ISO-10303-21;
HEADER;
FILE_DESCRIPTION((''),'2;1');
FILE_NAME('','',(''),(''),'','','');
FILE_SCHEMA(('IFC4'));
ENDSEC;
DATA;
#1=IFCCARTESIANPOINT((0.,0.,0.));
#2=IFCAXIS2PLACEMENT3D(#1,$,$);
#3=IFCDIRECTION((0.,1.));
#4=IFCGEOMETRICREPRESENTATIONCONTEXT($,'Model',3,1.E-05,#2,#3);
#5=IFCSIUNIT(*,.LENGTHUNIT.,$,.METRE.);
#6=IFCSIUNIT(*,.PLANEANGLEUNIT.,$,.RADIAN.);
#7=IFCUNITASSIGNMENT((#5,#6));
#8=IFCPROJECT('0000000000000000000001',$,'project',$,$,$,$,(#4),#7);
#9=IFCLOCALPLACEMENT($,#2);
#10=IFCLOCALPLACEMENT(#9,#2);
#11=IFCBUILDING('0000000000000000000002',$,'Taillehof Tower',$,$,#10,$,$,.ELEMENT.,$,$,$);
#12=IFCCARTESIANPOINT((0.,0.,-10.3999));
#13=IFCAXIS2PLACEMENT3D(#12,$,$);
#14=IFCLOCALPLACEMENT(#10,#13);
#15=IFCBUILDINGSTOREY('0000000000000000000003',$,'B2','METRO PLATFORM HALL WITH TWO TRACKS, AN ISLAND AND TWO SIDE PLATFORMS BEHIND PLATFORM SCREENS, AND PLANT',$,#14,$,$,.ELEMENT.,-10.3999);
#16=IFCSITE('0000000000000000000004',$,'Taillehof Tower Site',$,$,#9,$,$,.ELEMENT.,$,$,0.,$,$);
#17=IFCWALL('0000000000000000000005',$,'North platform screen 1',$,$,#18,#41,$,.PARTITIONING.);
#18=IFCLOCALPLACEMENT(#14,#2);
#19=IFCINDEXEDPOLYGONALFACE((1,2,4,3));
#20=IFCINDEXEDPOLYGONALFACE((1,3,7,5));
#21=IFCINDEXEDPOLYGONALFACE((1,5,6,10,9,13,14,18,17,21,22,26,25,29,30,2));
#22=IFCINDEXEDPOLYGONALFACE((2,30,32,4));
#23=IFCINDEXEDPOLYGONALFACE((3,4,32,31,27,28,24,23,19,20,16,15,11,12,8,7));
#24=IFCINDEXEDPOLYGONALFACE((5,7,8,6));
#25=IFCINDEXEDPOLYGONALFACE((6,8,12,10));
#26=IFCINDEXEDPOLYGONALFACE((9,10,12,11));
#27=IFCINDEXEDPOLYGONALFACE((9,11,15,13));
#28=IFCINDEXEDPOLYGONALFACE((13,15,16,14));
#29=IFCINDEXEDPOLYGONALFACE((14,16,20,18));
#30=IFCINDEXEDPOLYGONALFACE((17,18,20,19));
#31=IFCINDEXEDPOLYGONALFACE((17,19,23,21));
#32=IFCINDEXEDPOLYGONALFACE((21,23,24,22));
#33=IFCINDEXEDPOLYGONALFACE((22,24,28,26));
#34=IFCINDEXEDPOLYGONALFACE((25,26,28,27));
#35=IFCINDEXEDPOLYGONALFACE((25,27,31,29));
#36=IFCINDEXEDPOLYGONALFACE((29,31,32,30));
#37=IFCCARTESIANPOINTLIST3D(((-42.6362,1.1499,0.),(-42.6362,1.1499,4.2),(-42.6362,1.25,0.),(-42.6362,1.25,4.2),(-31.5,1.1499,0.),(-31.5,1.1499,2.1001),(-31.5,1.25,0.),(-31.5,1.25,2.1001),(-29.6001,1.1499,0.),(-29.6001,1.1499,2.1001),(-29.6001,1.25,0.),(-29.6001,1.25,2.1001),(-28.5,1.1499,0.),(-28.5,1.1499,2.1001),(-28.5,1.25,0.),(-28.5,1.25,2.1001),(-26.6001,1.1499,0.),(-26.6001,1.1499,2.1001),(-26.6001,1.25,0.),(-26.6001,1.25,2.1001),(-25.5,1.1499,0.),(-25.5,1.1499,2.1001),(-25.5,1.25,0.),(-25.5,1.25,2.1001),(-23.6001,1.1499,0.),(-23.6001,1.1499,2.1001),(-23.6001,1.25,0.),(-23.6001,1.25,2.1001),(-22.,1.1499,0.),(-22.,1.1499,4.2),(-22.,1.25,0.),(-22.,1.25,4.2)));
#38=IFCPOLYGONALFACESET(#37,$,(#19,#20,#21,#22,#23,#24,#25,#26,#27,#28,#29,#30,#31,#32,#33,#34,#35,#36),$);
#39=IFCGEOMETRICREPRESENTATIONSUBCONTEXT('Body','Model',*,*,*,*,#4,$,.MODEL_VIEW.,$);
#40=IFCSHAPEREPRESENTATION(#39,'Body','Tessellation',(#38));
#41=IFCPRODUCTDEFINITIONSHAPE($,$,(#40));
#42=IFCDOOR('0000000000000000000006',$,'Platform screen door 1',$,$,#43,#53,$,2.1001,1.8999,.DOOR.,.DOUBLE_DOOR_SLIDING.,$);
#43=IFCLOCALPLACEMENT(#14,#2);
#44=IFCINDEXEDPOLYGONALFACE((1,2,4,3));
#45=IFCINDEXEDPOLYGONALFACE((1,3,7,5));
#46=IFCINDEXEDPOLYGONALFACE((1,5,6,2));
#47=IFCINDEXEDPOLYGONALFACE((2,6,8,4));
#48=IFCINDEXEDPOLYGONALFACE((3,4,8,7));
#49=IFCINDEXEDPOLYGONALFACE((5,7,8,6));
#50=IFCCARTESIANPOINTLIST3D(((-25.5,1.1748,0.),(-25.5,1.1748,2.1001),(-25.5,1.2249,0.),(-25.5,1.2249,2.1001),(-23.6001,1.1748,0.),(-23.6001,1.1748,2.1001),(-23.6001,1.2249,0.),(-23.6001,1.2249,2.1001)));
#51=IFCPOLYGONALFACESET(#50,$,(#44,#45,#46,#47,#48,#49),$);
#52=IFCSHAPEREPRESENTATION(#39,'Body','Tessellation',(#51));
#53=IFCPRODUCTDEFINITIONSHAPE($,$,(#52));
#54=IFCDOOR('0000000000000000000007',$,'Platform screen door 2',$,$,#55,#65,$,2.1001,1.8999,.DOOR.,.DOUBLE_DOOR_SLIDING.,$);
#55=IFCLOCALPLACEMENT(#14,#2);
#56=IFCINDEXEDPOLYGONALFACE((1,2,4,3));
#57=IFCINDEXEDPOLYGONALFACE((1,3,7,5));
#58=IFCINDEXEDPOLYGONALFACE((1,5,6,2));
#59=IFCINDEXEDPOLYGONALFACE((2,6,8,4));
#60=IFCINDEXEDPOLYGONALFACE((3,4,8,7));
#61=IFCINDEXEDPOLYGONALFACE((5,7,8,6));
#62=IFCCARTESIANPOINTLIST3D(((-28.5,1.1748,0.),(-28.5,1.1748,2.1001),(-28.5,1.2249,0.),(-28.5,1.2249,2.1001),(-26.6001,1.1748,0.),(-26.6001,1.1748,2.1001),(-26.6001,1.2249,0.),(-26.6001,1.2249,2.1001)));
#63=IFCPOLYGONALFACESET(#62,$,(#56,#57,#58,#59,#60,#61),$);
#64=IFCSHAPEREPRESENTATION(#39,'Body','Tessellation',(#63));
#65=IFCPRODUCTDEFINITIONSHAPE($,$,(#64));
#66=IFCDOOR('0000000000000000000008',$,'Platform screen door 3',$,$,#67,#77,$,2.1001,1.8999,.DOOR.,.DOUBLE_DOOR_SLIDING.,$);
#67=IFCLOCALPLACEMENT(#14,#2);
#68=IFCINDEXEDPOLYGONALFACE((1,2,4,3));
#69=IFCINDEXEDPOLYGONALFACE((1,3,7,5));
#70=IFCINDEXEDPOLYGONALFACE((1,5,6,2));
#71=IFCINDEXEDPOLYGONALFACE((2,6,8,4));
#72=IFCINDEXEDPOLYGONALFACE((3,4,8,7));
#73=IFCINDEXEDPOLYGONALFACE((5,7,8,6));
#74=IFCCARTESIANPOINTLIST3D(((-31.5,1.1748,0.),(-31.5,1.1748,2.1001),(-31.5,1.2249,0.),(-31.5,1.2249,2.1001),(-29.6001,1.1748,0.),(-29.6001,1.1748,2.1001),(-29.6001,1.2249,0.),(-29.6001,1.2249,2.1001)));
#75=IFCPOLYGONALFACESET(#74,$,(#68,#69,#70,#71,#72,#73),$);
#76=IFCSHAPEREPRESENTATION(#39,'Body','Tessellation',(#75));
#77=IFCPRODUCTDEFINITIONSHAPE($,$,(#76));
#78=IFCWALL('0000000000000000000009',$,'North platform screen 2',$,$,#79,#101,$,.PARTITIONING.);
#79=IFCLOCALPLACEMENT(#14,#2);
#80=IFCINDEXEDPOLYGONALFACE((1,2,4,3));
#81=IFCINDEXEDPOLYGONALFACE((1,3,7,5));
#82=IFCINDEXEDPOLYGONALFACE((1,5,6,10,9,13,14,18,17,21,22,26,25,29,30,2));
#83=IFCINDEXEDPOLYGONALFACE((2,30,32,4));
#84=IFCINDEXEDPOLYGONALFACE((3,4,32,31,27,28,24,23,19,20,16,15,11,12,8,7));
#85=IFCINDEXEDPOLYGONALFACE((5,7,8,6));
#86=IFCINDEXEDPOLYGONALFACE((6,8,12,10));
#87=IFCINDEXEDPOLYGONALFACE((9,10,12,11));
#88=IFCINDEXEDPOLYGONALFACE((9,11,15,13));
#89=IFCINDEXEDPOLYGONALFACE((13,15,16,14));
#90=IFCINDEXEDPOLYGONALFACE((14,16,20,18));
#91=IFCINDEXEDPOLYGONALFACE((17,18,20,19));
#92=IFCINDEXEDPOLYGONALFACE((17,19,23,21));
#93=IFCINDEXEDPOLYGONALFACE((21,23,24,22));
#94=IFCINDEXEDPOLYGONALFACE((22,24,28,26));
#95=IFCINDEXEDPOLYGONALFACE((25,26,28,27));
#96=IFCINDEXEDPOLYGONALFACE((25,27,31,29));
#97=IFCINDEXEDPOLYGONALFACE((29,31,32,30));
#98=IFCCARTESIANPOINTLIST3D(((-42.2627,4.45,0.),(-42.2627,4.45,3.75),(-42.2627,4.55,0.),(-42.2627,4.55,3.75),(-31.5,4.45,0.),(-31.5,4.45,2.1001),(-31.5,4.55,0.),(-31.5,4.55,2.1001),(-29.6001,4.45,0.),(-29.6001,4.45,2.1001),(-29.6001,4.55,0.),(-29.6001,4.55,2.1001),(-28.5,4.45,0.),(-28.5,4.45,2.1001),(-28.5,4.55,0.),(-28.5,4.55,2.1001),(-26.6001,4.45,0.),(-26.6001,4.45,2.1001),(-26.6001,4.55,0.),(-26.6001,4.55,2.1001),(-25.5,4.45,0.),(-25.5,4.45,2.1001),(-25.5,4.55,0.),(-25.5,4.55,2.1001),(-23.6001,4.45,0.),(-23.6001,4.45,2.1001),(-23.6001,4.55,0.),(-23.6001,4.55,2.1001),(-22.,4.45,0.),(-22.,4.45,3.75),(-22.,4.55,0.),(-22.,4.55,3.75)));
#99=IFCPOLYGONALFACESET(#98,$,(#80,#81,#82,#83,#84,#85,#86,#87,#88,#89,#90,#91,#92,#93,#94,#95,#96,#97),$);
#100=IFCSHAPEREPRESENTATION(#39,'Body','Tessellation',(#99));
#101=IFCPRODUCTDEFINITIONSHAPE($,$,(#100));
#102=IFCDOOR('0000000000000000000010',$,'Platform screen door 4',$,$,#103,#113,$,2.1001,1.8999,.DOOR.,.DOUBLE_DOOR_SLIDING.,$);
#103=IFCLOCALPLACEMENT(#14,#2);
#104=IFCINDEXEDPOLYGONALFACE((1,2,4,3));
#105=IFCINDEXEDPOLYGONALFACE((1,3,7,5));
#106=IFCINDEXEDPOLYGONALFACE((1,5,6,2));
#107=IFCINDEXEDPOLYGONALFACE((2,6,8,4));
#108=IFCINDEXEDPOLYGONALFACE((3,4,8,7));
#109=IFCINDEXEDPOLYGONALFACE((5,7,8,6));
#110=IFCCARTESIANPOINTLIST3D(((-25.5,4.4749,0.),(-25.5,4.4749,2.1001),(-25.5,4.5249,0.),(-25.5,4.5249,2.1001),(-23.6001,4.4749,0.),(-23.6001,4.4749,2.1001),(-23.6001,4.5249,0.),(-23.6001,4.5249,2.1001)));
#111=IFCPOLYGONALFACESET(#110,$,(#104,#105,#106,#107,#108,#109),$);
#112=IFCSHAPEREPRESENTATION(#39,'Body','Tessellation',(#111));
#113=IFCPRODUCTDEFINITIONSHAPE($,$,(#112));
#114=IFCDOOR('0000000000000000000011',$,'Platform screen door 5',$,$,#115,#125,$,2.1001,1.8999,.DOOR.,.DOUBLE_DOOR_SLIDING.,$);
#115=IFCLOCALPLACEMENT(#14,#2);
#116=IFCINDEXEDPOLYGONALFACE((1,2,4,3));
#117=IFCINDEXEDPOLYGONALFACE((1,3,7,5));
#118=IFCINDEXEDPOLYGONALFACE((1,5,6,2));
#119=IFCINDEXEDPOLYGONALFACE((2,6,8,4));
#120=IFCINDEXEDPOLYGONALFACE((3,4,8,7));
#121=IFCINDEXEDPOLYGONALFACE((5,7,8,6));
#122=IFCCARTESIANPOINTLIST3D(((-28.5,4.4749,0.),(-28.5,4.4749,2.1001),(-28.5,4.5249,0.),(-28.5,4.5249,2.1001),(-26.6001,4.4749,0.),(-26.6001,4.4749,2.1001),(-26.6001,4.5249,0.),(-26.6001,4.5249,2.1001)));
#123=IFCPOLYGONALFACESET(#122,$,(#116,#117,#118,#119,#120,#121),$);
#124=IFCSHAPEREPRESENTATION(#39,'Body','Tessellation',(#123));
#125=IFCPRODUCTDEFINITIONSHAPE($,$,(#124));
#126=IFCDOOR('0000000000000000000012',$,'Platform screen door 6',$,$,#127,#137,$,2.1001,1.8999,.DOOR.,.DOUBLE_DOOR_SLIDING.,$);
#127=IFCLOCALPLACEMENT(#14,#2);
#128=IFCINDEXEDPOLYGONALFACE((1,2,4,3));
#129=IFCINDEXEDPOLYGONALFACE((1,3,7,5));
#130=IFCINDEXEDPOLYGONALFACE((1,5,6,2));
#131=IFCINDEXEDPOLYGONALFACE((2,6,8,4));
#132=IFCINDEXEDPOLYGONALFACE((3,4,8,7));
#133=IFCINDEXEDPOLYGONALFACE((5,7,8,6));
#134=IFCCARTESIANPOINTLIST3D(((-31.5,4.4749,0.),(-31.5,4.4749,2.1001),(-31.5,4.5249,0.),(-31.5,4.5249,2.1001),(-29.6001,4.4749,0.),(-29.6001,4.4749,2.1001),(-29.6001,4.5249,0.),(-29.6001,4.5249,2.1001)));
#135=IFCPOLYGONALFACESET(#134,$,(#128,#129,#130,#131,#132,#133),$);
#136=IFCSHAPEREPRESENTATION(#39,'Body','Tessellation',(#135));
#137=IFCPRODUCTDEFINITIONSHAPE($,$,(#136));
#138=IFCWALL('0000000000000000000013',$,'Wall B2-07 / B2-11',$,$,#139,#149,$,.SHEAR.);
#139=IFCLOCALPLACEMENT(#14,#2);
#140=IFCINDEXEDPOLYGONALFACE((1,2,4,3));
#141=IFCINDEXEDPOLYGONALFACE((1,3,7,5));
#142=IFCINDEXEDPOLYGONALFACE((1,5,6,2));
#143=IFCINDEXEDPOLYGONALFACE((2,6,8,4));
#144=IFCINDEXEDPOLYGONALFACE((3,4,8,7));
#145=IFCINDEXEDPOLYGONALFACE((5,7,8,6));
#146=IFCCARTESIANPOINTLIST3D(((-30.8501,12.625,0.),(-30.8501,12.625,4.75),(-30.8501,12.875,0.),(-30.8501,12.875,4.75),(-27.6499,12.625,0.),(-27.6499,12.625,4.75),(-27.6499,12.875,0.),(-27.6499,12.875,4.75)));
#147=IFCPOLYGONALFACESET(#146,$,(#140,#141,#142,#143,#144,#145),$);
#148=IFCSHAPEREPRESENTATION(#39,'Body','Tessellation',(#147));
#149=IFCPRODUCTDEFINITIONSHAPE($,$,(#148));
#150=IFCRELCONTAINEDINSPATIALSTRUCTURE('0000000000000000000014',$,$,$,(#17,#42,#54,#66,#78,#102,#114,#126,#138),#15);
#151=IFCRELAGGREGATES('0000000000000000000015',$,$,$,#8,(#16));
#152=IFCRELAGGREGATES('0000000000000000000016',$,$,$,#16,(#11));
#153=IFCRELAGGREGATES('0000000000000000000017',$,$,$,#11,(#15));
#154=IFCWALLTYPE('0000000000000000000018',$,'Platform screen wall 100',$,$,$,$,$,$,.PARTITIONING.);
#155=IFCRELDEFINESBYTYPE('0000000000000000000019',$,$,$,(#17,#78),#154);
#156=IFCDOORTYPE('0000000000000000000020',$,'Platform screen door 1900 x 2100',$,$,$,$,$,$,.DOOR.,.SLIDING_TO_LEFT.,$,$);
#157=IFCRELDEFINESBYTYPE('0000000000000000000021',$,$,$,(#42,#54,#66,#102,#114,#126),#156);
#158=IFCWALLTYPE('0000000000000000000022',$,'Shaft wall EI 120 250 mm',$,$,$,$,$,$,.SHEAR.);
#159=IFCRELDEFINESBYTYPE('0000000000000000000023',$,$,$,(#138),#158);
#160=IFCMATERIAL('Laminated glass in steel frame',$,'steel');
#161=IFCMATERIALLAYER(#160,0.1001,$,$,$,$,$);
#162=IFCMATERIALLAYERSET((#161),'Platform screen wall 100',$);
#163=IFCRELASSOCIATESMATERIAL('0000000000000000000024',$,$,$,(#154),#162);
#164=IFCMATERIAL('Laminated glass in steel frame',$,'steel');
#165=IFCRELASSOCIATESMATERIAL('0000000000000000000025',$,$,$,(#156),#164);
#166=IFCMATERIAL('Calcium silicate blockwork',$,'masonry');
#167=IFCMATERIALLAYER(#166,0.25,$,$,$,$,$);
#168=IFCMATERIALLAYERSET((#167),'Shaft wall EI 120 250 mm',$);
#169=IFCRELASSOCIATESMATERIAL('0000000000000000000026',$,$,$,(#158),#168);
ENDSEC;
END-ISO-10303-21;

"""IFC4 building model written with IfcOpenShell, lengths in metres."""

from ifc_helpers import new_model, si_unit, direction, frame, frame_2d, origin, place, context, subcontext, project, spatial, rectangle, extrude, material, layer, layer_set, type_object, element, fill, save


model = new_model("IFC4")

# Units and contexts
model_context = context("Model", 3, precision=1e-05, world=origin(), true_north=direction((0.0, 1.0)))
body_context = subcontext(model_context, "Body", "Model", "MODEL_VIEW")
ifc_project = project(units=[si_unit("LENGTHUNIT", "METRE"), si_unit("PLANEANGLEUNIT", "RADIAN")], contexts=[model_context])

# Site, building, storey
site_placement = place(None, origin())
site = spatial("IfcSite", under=ifc_project, at=site_placement, Name="Taillehof Tower Site", CompositionType="ELEMENT", RefElevation=0.0)
building_placement = place(site_placement, origin())
building = spatial("IfcBuilding", under=site, at=building_placement, Name="Taillehof Tower", CompositionType="ELEMENT")
storey_placement = place(building_placement, frame((0.0, 0.0, -10.3999)))
storey = spatial("IfcBuildingStorey", under=building, at=storey_placement, Name="B2", Description="METRO PLATFORM HALL WITH TWO TRACKS, AN ISLAND AND TWO SIDE PLATFORMS BEHIND PLATFORM SCREENS, AND PLANT", CompositionType="ELEMENT", Elevation=-10.3999)

# Walls, openings, doors
ifc_material_1 = material(Name="Laminated glass in steel frame", Category="steel")
ifc_layer_1 = layer(ifc_material_1, 0.1001)
ifc_layer_set_1 = layer_set([ifc_layer_1], Name="Platform screen wall 100")
wall_type_1 = type_object("IfcWallType", Name="Platform screen wall 100", PredefinedType="PARTITIONING", material=ifc_layer_set_1)
wall_1_placement = place(storey_placement, frame((-42.6362, 1.2, 0.0), z_axis=(0.0, 0.0, 1.0), x_axis=(1.0, 0.0, 0.0)))
wall_1 = element("IfcWall", 1, at=wall_1_placement, inside=storey, type_object=wall_type_1, Name="North platform screen 1", PredefinedType="PARTITIONING", context=body_context, shape_type="SweptSolid", body=[
    extrude(rectangle(XDim=20.6362, YDim=0.1001, at=frame_2d((10.3181, 0.0))), origin(), (0.0, 0.0, 1.0), 4.2),
])
opening_1_placement = place(wall_1_placement, frame((17.1362, 0.0, 0.0)))
opening_1 = element("IfcOpeningElement", 2, at=opening_1_placement, cuts=wall_1, PredefinedType="OPENING", context=body_context, shape_type="SweptSolid", body=[
    extrude(rectangle(XDim=1.8999, YDim=2.1001, at=frame_2d((0.95, 1.05))), frame((0.0, 0.0601, 0.0), z_axis=(0.0, -1.0, 0.0), x_axis=(1.0, 0.0, 0.0)), (0.0, 0.0, 1.0), 0.1201),
])
opening_2_placement = place(wall_1_placement, frame((14.1362, 0.0, 0.0)))
opening_2 = element("IfcOpeningElement", 3, at=opening_2_placement, cuts=wall_1, PredefinedType="OPENING", context=body_context, shape_type="SweptSolid", body=[
    extrude(rectangle(XDim=1.8999, YDim=2.1001, at=frame_2d((0.95, 1.05))), frame((0.0, 0.0601, 0.0), z_axis=(0.0, -1.0, 0.0), x_axis=(1.0, 0.0, 0.0)), (0.0, 0.0, 1.0), 0.1201),
])
opening_3_placement = place(wall_1_placement, frame((11.1362, 0.0, 0.0)))
opening_3 = element("IfcOpeningElement", 4, at=opening_3_placement, cuts=wall_1, PredefinedType="OPENING", context=body_context, shape_type="SweptSolid", body=[
    extrude(rectangle(XDim=1.8999, YDim=2.1001, at=frame_2d((0.95, 1.05))), frame((0.0, 0.0601, 0.0), z_axis=(0.0, -1.0, 0.0), x_axis=(1.0, 0.0, 0.0)), (0.0, 0.0, 1.0), 0.1201),
])
ifc_material_2 = material(Name="Laminated glass in steel frame", Category="steel")
door_type_1 = type_object("IfcDoorType", Name="Platform screen door 1900 x 2100", OperationType="SLIDING_TO_LEFT", PredefinedType="DOOR", material=ifc_material_2)
door_1_placement = place(opening_1_placement, origin())
door_1 = element("IfcDoor", 5, at=door_1_placement, inside=storey, type_object=door_type_1, Name="Platform screen door 1", OperationType="DOUBLE_DOOR_SLIDING", OverallHeight=2.1001, OverallWidth=1.8999, PredefinedType="DOOR", context=body_context, shape_type="SweptSolid", body=[
    extrude(rectangle(XDim=1.8999, YDim=2.1001, at=frame_2d((0.95, 1.05))), frame((0.0, 0.0249, 0.0), z_axis=(0.0, -1.0, 0.0), x_axis=(1.0, 0.0, 0.0)), (0.0, 0.0, 1.0), 0.05),
])
fill(opening_1, door_1)
door_2_placement = place(opening_2_placement, origin())
door_2 = element("IfcDoor", 6, at=door_2_placement, inside=storey, type_object=door_type_1, Name="Platform screen door 2", OperationType="DOUBLE_DOOR_SLIDING", OverallHeight=2.1001, OverallWidth=1.8999, PredefinedType="DOOR", context=body_context, shape_type="SweptSolid", body=[
    extrude(rectangle(XDim=1.8999, YDim=2.1001, at=frame_2d((0.95, 1.05))), frame((0.0, 0.0249, 0.0), z_axis=(0.0, -1.0, 0.0), x_axis=(1.0, 0.0, 0.0)), (0.0, 0.0, 1.0), 0.05),
])
fill(opening_2, door_2)
door_3_placement = place(opening_3_placement, origin())
door_3 = element("IfcDoor", 7, at=door_3_placement, inside=storey, type_object=door_type_1, Name="Platform screen door 3", OperationType="DOUBLE_DOOR_SLIDING", OverallHeight=2.1001, OverallWidth=1.8999, PredefinedType="DOOR", context=body_context, shape_type="SweptSolid", body=[
    extrude(rectangle(XDim=1.8999, YDim=2.1001, at=frame_2d((0.95, 1.05))), frame((0.0, 0.0249, 0.0), z_axis=(0.0, -1.0, 0.0), x_axis=(1.0, 0.0, 0.0)), (0.0, 0.0, 1.0), 0.05),
])
fill(opening_3, door_3)
wall_2_placement = place(storey_placement, frame((-42.2627, 4.5, 0.0), z_axis=(0.0, 0.0, 1.0), x_axis=(1.0, 0.0, 0.0)))
wall_2 = element("IfcWall", 8, at=wall_2_placement, inside=storey, type_object=wall_type_1, Name="North platform screen 2", PredefinedType="PARTITIONING", context=body_context, shape_type="SweptSolid", body=[
    extrude(rectangle(XDim=20.2627, YDim=0.1001, at=frame_2d((10.1313, 0.0))), origin(), (0.0, 0.0, 1.0), 3.75),
])
opening_4_placement = place(wall_2_placement, frame((16.7627, 0.0, 0.0)))
opening_4 = element("IfcOpeningElement", 9, at=opening_4_placement, cuts=wall_2, PredefinedType="OPENING", context=body_context, shape_type="SweptSolid", body=[
    extrude(rectangle(XDim=1.8999, YDim=2.1001, at=frame_2d((0.95, 1.05))), frame((0.0, 0.0601, 0.0), z_axis=(0.0, -1.0, 0.0), x_axis=(1.0, 0.0, 0.0)), (0.0, 0.0, 1.0), 0.1201),
])
opening_5_placement = place(wall_2_placement, frame((13.7627, 0.0, 0.0)))
opening_5 = element("IfcOpeningElement", 10, at=opening_5_placement, cuts=wall_2, PredefinedType="OPENING", context=body_context, shape_type="SweptSolid", body=[
    extrude(rectangle(XDim=1.8999, YDim=2.1001, at=frame_2d((0.95, 1.05))), frame((0.0, 0.0601, 0.0), z_axis=(0.0, -1.0, 0.0), x_axis=(1.0, 0.0, 0.0)), (0.0, 0.0, 1.0), 0.1201),
])
opening_6_placement = place(wall_2_placement, frame((10.7627, 0.0, 0.0)))
opening_6 = element("IfcOpeningElement", 11, at=opening_6_placement, cuts=wall_2, PredefinedType="OPENING", context=body_context, shape_type="SweptSolid", body=[
    extrude(rectangle(XDim=1.8999, YDim=2.1001, at=frame_2d((0.95, 1.05))), frame((0.0, 0.0601, 0.0), z_axis=(0.0, -1.0, 0.0), x_axis=(1.0, 0.0, 0.0)), (0.0, 0.0, 1.0), 0.1201),
])
door_4_placement = place(opening_4_placement, origin())
door_4 = element("IfcDoor", 12, at=door_4_placement, inside=storey, type_object=door_type_1, Name="Platform screen door 4", OperationType="DOUBLE_DOOR_SLIDING", OverallHeight=2.1001, OverallWidth=1.8999, PredefinedType="DOOR", context=body_context, shape_type="SweptSolid", body=[
    extrude(rectangle(XDim=1.8999, YDim=2.1001, at=frame_2d((0.95, 1.05))), frame((0.0, 0.0249, 0.0), z_axis=(0.0, -1.0, 0.0), x_axis=(1.0, 0.0, 0.0)), (0.0, 0.0, 1.0), 0.05),
])
fill(opening_4, door_4)
door_5_placement = place(opening_5_placement, origin())
door_5 = element("IfcDoor", 13, at=door_5_placement, inside=storey, type_object=door_type_1, Name="Platform screen door 5", OperationType="DOUBLE_DOOR_SLIDING", OverallHeight=2.1001, OverallWidth=1.8999, PredefinedType="DOOR", context=body_context, shape_type="SweptSolid", body=[
    extrude(rectangle(XDim=1.8999, YDim=2.1001, at=frame_2d((0.95, 1.05))), frame((0.0, 0.0249, 0.0), z_axis=(0.0, -1.0, 0.0), x_axis=(1.0, 0.0, 0.0)), (0.0, 0.0, 1.0), 0.05),
])
fill(opening_5, door_5)
door_6_placement = place(opening_6_placement, origin())
door_6 = element("IfcDoor", 14, at=door_6_placement, inside=storey, type_object=door_type_1, Name="Platform screen door 6", OperationType="DOUBLE_DOOR_SLIDING", OverallHeight=2.1001, OverallWidth=1.8999, PredefinedType="DOOR", context=body_context, shape_type="SweptSolid", body=[
    extrude(rectangle(XDim=1.8999, YDim=2.1001, at=frame_2d((0.95, 1.05))), frame((0.0, 0.0249, 0.0), z_axis=(0.0, -1.0, 0.0), x_axis=(1.0, 0.0, 0.0)), (0.0, 0.0, 1.0), 0.05),
])
fill(opening_6, door_6)

# Wall
ifc_material_3 = material(Name="Calcium silicate blockwork", Category="masonry")
ifc_layer_2 = layer(ifc_material_3, 0.25)
ifc_layer_set_2 = layer_set([ifc_layer_2], Name="Shaft wall EI 120 250 mm")
wall_type_2 = type_object("IfcWallType", Name="Shaft wall EI 120 250 mm", PredefinedType="SHEAR", material=ifc_layer_set_2)
wall_3_placement = place(storey_placement, frame((-30.8501, 12.75, 0.0), z_axis=(0.0, 0.0, 1.0), x_axis=(1.0, 0.0, 0.0)))
element("IfcWall", 15, at=wall_3_placement, inside=storey, type_object=wall_type_2, Name="Wall B2-07 / B2-11", PredefinedType="SHEAR", context=body_context, shape_type="SweptSolid", body=[
    extrude(rectangle(XDim=3.2002, YDim=0.25, at=frame_2d((1.6001, 0.0))), origin(), (0.0, 0.0, 1.0), 4.75),
])

save(model, "model.ifc")
